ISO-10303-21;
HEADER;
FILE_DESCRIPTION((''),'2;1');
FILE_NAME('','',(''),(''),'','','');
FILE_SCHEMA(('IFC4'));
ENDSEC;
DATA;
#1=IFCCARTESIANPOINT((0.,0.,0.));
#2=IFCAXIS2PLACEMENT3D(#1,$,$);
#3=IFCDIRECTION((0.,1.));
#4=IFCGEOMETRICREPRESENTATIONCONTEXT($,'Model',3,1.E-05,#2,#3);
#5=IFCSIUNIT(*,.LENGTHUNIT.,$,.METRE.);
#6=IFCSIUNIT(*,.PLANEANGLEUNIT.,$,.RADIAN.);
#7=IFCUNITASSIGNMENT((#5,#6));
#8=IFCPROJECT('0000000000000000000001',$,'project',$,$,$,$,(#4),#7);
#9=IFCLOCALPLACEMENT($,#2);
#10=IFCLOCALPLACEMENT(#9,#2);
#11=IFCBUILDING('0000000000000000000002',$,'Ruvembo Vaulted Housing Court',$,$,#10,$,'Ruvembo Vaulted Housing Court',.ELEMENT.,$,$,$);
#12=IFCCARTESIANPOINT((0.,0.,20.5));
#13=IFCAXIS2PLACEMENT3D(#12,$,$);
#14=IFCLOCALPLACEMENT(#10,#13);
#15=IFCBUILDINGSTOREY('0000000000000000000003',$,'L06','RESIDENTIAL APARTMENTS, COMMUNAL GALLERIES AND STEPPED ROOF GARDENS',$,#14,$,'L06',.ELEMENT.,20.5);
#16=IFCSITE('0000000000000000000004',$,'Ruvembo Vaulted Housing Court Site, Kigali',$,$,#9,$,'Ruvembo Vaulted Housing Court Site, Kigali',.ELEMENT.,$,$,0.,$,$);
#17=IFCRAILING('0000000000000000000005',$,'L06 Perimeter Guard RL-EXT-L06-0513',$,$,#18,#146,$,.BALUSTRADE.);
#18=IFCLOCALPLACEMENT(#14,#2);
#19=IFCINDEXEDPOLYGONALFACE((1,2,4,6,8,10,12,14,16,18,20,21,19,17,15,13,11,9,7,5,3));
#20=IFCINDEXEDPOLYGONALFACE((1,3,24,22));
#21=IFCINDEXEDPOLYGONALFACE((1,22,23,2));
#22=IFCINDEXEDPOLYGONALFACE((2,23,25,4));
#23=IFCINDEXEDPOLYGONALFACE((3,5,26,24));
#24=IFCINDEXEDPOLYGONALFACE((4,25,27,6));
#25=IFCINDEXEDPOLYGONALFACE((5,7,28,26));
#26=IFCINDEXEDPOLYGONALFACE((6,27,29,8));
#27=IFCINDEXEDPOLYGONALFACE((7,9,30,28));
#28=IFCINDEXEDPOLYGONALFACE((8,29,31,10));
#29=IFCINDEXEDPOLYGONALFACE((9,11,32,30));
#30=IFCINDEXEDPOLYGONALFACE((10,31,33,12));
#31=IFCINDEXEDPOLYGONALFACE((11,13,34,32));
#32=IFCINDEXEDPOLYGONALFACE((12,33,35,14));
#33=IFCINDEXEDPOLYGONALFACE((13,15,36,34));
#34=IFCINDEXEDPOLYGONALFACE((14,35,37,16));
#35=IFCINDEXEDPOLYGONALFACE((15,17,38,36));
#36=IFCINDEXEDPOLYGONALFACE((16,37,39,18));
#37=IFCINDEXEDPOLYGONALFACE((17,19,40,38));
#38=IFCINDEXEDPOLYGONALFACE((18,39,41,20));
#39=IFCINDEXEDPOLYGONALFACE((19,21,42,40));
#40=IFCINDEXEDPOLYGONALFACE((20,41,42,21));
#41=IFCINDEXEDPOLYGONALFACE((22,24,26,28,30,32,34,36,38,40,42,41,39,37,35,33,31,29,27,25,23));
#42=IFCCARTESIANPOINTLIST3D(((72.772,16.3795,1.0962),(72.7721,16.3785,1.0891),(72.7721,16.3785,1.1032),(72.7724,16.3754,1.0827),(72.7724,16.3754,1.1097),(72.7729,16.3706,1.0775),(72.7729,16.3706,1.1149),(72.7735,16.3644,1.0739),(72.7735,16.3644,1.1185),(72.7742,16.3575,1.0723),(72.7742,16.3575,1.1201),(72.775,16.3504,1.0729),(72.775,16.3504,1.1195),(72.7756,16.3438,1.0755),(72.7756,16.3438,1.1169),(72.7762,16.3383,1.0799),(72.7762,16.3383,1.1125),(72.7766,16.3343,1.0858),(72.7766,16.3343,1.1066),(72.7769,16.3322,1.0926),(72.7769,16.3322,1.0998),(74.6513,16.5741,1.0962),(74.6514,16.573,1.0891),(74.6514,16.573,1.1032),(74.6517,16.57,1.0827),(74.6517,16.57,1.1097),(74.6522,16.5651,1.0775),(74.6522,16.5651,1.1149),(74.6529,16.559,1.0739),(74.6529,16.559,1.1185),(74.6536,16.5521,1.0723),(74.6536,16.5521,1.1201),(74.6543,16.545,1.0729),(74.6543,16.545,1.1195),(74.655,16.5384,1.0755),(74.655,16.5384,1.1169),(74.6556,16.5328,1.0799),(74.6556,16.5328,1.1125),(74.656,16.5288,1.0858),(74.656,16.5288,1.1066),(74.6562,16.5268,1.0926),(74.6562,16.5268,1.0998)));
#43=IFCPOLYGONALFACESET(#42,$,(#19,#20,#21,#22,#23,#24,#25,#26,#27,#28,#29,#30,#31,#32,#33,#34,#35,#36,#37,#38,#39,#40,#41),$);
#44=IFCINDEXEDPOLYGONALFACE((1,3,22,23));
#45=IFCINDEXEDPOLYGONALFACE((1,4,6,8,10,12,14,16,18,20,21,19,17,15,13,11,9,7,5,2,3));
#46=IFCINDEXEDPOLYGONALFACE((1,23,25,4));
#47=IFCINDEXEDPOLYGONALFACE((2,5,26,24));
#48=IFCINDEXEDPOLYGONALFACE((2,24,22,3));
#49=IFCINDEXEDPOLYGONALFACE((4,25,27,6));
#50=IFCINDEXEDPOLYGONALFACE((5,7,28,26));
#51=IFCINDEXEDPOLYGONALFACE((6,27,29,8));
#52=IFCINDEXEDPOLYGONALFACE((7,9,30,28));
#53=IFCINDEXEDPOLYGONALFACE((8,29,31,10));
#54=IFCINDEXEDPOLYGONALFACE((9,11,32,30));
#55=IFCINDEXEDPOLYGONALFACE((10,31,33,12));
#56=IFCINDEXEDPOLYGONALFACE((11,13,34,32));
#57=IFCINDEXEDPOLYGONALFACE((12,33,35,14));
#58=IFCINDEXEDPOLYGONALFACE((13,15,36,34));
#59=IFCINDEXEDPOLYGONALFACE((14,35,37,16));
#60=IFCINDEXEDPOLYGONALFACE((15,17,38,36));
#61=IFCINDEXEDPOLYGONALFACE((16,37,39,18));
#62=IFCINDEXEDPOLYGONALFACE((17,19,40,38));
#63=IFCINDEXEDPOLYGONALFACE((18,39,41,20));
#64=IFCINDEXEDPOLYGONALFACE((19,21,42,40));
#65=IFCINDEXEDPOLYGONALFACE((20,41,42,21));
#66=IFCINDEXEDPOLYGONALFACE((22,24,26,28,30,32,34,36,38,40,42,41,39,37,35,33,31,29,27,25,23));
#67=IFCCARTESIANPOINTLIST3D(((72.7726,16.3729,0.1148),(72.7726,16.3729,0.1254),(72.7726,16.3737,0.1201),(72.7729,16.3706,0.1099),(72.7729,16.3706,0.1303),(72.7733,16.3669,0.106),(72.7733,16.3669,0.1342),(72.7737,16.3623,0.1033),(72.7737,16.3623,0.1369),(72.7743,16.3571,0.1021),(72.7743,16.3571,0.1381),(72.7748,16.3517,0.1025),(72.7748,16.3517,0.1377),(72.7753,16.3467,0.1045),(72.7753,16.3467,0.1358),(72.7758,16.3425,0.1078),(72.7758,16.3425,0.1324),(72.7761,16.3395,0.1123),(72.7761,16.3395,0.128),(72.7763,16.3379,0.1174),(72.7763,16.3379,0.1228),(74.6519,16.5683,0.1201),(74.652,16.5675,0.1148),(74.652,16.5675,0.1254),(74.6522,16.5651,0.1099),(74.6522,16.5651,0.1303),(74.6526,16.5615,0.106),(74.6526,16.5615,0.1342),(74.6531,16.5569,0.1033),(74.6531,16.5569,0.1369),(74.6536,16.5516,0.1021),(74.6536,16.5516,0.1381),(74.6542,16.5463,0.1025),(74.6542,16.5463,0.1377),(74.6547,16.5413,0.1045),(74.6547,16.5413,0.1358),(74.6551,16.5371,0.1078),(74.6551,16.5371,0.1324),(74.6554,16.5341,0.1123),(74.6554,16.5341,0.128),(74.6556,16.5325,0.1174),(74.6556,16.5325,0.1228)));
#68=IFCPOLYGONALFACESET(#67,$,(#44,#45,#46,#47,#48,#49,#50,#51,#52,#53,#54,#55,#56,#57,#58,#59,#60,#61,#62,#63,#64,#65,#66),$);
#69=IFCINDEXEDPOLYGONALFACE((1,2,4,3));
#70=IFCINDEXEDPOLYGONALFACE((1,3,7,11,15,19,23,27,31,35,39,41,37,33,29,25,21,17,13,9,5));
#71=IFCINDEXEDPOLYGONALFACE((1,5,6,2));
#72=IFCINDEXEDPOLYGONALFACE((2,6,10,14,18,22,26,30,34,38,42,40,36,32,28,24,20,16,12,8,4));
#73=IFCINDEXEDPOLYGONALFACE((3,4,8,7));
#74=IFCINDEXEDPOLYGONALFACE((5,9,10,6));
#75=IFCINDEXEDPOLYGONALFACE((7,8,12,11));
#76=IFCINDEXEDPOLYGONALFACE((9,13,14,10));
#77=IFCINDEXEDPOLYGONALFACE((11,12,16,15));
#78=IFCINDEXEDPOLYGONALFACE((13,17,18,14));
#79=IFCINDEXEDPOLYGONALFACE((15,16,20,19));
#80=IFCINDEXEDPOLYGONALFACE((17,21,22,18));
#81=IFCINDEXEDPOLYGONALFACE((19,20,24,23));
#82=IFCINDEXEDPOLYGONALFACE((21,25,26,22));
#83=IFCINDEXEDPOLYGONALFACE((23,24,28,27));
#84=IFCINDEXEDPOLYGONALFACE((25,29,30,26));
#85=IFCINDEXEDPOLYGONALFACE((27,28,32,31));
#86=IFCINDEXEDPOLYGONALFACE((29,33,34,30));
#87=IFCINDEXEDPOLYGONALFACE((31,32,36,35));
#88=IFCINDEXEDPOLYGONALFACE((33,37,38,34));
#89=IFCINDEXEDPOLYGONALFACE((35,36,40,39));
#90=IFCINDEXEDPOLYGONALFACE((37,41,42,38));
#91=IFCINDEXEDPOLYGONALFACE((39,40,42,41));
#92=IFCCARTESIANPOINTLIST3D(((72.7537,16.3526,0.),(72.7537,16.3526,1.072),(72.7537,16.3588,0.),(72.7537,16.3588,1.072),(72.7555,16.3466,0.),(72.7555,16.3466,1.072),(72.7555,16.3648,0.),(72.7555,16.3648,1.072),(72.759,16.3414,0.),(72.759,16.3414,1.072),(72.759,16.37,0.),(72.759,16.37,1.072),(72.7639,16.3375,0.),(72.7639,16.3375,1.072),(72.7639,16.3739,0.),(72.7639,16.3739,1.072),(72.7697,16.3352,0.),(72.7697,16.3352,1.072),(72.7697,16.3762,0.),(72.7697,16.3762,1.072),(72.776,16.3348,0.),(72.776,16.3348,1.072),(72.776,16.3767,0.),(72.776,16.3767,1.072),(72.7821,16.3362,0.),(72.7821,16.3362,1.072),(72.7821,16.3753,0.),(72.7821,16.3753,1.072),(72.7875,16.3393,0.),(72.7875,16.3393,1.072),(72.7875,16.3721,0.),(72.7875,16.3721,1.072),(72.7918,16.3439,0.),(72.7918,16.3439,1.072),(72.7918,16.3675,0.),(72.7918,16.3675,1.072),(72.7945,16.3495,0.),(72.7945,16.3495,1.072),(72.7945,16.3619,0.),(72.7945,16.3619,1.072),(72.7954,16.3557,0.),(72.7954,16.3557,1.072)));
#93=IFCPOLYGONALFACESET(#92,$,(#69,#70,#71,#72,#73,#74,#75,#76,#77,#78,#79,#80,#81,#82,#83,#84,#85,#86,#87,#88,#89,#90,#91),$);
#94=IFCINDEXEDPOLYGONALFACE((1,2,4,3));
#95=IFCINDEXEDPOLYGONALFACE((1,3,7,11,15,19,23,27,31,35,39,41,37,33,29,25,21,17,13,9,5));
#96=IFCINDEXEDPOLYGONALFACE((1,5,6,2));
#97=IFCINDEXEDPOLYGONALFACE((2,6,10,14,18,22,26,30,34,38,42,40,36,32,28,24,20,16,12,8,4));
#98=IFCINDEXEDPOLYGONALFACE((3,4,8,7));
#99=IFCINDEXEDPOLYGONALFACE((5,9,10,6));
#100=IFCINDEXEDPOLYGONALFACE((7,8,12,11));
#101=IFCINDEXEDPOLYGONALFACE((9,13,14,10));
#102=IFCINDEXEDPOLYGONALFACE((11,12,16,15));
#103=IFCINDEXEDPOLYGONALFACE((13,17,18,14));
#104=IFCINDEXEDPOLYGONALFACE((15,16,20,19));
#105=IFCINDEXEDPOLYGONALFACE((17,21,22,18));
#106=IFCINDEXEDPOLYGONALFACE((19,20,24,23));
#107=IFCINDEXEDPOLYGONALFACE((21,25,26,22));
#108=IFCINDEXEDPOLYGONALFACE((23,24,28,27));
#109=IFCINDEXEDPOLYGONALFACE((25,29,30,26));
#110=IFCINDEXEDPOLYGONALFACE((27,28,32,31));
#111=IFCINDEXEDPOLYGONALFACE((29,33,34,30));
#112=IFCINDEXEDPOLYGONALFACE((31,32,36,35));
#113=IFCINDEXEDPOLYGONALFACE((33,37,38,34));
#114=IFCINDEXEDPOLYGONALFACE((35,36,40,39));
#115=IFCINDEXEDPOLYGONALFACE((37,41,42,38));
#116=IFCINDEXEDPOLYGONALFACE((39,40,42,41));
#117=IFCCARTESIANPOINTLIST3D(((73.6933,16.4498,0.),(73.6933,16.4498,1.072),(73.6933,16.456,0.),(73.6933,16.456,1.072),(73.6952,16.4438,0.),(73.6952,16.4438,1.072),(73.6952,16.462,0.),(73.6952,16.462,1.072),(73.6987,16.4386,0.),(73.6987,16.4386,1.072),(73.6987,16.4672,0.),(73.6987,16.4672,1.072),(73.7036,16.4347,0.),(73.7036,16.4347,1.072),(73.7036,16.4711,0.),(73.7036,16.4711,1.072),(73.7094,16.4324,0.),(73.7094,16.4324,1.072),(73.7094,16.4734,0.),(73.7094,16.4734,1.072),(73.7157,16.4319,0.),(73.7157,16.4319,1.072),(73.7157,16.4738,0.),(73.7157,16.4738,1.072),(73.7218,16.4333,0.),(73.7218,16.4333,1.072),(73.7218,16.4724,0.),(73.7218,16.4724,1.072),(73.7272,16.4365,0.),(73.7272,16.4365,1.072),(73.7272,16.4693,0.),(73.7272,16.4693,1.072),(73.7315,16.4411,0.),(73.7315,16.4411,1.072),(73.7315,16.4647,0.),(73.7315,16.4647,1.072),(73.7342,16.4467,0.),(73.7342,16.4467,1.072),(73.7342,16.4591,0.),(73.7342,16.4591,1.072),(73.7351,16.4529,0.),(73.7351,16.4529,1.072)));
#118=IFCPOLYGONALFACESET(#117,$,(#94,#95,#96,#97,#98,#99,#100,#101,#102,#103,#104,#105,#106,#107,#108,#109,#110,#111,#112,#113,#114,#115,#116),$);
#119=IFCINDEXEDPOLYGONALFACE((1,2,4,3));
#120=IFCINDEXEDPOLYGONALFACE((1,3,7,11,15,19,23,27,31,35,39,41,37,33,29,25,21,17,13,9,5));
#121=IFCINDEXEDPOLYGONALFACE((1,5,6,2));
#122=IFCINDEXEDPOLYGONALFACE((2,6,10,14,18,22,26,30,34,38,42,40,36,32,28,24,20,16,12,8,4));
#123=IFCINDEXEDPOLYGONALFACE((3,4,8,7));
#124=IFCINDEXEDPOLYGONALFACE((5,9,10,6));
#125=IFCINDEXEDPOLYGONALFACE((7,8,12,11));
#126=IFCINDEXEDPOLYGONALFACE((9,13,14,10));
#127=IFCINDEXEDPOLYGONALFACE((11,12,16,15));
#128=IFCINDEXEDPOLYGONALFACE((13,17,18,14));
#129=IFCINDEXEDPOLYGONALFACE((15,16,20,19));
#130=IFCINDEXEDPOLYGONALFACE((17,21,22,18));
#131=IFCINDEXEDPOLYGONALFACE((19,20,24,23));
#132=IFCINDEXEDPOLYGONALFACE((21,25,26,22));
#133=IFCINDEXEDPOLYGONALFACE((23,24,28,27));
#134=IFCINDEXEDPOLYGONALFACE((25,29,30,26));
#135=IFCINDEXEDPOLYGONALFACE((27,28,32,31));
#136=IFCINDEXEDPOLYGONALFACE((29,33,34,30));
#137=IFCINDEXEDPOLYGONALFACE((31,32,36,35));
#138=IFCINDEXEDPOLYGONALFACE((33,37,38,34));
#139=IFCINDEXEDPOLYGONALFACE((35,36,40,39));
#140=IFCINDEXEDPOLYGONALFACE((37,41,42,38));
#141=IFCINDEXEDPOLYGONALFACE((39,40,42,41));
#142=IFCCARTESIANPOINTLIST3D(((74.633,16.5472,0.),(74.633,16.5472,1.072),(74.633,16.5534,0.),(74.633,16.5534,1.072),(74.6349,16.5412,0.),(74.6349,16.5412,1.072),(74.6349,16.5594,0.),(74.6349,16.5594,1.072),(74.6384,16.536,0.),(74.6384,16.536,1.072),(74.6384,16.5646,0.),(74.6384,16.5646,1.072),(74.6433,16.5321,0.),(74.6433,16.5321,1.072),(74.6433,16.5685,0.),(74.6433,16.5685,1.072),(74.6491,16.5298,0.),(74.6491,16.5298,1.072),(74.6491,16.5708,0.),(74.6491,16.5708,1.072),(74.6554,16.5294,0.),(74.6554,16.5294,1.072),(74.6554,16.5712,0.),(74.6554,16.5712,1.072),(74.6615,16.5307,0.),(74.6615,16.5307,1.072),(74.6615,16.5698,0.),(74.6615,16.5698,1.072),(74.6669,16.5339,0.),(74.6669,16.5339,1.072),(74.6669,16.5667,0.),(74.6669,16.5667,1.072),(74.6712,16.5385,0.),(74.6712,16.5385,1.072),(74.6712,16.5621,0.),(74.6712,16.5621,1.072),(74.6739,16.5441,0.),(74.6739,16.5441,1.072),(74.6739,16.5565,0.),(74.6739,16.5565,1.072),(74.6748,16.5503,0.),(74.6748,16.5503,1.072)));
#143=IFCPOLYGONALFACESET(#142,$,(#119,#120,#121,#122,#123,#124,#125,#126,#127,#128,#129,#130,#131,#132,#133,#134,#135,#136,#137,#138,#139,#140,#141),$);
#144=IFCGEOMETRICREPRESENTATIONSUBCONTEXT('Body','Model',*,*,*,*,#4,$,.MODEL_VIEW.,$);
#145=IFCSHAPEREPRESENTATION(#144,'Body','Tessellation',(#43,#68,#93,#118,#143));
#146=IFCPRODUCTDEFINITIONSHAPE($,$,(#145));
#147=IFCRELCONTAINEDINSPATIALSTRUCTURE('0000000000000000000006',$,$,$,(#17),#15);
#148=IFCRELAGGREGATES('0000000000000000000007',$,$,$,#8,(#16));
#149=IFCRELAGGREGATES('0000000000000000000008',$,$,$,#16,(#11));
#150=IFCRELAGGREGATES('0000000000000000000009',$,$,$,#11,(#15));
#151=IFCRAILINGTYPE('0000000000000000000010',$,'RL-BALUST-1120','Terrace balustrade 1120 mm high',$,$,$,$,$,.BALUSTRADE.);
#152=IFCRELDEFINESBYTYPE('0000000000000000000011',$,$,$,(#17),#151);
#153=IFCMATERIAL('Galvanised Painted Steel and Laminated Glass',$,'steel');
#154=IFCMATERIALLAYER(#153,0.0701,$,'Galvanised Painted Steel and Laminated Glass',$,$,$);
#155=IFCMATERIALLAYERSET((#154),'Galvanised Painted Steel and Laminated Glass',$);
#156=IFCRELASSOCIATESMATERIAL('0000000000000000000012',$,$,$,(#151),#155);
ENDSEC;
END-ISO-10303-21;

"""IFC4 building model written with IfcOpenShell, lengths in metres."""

from ifc_helpers import new_model, si_unit, direction, frame, origin, origin_2d, place, context, subcontext, project, spatial, circle, extrude, material, layer, layer_set, type_object, element, save


model = new_model("IFC4")

# Units and contexts
model_context = context("Model", 3, precision=1e-05, world=origin(), true_north=direction((0.0, 1.0)))
body_context = subcontext(model_context, "Body", "Model", "MODEL_VIEW")
ifc_project = project(units=[si_unit("LENGTHUNIT", "METRE"), si_unit("PLANEANGLEUNIT", "RADIAN")], contexts=[model_context])

# Site, building, storey
site_placement = place(None, origin())
site = spatial("IfcSite", under=ifc_project, at=site_placement, Name="Ruvembo Vaulted Housing Court Site, Kigali", LongName="Ruvembo Vaulted Housing Court Site, Kigali", CompositionType="ELEMENT", RefElevation=0.0)
building_placement = place(site_placement, origin())
building = spatial("IfcBuilding", under=site, at=building_placement, Name="Ruvembo Vaulted Housing Court", LongName="Ruvembo Vaulted Housing Court", CompositionType="ELEMENT")
storey_placement = place(building_placement, frame((0.0, 0.0, 20.5)))
storey = spatial("IfcBuildingStorey", under=building, at=storey_placement, Name="L06", Description="RESIDENTIAL APARTMENTS, COMMUNAL GALLERIES AND STEPPED ROOF GARDENS", LongName="L06", CompositionType="ELEMENT", Elevation=20.5)

# Railing
ifc_material_1 = material(Name="Galvanised Painted Steel and Laminated Glass", Category="steel")
ifc_layer = layer(ifc_material_1, 0.0701, Name="Galvanised Painted Steel and Laminated Glass")
ifc_layer_set = layer_set([ifc_layer], Name="Galvanised Painted Steel and Laminated Glass")
railing_type = type_object("IfcRailingType", Name="RL-BALUST-1120", Description="Terrace balustrade 1120 mm high", PredefinedType="BALUSTRADE", material=ifc_layer_set)
railing_1_placement = place(storey_placement, frame((72.7744, 16.3557, 0.0)))
element("IfcRailing", 1, at=railing_1_placement, inside=storey, type_object=railing_type, Name="L06 Perimeter Guard RL-EXT-L06-0513", PredefinedType="BALUSTRADE", context=body_context, shape_type="SweptSolid", body=[
    extrude(circle(Radius=0.0239, at=origin_2d()), frame((0.0, 0.0, 1.0962), z_axis=(0.994683, 0.102983, 0.0), x_axis=(-0.102983, 0.994683, 0.0)), (0.0, 0.0, 1.0), 1.8894),
    extrude(circle(Radius=0.0181, at=origin_2d()), frame((0.0, 0.0, 0.1201), z_axis=(0.994683, 0.102983, 0.0), x_axis=(-0.102983, 0.994683, 0.0)), (0.0, 0.0, 1.0), 1.8894),
    extrude(circle(Radius=0.021, at=origin_2d()), origin(), (0.0, 0.0, 1.0), 1.072),
    extrude(circle(Radius=0.021, at=origin_2d()), frame((0.9397, 0.0972, 0.0)), (0.0, 0.0, 1.0), 1.072),
    extrude(circle(Radius=0.021, at=origin_2d()), frame((1.8794, 0.1946, 0.0)), (0.0, 0.0, 1.0), 1.072),
])

save(model, "model.ifc")
